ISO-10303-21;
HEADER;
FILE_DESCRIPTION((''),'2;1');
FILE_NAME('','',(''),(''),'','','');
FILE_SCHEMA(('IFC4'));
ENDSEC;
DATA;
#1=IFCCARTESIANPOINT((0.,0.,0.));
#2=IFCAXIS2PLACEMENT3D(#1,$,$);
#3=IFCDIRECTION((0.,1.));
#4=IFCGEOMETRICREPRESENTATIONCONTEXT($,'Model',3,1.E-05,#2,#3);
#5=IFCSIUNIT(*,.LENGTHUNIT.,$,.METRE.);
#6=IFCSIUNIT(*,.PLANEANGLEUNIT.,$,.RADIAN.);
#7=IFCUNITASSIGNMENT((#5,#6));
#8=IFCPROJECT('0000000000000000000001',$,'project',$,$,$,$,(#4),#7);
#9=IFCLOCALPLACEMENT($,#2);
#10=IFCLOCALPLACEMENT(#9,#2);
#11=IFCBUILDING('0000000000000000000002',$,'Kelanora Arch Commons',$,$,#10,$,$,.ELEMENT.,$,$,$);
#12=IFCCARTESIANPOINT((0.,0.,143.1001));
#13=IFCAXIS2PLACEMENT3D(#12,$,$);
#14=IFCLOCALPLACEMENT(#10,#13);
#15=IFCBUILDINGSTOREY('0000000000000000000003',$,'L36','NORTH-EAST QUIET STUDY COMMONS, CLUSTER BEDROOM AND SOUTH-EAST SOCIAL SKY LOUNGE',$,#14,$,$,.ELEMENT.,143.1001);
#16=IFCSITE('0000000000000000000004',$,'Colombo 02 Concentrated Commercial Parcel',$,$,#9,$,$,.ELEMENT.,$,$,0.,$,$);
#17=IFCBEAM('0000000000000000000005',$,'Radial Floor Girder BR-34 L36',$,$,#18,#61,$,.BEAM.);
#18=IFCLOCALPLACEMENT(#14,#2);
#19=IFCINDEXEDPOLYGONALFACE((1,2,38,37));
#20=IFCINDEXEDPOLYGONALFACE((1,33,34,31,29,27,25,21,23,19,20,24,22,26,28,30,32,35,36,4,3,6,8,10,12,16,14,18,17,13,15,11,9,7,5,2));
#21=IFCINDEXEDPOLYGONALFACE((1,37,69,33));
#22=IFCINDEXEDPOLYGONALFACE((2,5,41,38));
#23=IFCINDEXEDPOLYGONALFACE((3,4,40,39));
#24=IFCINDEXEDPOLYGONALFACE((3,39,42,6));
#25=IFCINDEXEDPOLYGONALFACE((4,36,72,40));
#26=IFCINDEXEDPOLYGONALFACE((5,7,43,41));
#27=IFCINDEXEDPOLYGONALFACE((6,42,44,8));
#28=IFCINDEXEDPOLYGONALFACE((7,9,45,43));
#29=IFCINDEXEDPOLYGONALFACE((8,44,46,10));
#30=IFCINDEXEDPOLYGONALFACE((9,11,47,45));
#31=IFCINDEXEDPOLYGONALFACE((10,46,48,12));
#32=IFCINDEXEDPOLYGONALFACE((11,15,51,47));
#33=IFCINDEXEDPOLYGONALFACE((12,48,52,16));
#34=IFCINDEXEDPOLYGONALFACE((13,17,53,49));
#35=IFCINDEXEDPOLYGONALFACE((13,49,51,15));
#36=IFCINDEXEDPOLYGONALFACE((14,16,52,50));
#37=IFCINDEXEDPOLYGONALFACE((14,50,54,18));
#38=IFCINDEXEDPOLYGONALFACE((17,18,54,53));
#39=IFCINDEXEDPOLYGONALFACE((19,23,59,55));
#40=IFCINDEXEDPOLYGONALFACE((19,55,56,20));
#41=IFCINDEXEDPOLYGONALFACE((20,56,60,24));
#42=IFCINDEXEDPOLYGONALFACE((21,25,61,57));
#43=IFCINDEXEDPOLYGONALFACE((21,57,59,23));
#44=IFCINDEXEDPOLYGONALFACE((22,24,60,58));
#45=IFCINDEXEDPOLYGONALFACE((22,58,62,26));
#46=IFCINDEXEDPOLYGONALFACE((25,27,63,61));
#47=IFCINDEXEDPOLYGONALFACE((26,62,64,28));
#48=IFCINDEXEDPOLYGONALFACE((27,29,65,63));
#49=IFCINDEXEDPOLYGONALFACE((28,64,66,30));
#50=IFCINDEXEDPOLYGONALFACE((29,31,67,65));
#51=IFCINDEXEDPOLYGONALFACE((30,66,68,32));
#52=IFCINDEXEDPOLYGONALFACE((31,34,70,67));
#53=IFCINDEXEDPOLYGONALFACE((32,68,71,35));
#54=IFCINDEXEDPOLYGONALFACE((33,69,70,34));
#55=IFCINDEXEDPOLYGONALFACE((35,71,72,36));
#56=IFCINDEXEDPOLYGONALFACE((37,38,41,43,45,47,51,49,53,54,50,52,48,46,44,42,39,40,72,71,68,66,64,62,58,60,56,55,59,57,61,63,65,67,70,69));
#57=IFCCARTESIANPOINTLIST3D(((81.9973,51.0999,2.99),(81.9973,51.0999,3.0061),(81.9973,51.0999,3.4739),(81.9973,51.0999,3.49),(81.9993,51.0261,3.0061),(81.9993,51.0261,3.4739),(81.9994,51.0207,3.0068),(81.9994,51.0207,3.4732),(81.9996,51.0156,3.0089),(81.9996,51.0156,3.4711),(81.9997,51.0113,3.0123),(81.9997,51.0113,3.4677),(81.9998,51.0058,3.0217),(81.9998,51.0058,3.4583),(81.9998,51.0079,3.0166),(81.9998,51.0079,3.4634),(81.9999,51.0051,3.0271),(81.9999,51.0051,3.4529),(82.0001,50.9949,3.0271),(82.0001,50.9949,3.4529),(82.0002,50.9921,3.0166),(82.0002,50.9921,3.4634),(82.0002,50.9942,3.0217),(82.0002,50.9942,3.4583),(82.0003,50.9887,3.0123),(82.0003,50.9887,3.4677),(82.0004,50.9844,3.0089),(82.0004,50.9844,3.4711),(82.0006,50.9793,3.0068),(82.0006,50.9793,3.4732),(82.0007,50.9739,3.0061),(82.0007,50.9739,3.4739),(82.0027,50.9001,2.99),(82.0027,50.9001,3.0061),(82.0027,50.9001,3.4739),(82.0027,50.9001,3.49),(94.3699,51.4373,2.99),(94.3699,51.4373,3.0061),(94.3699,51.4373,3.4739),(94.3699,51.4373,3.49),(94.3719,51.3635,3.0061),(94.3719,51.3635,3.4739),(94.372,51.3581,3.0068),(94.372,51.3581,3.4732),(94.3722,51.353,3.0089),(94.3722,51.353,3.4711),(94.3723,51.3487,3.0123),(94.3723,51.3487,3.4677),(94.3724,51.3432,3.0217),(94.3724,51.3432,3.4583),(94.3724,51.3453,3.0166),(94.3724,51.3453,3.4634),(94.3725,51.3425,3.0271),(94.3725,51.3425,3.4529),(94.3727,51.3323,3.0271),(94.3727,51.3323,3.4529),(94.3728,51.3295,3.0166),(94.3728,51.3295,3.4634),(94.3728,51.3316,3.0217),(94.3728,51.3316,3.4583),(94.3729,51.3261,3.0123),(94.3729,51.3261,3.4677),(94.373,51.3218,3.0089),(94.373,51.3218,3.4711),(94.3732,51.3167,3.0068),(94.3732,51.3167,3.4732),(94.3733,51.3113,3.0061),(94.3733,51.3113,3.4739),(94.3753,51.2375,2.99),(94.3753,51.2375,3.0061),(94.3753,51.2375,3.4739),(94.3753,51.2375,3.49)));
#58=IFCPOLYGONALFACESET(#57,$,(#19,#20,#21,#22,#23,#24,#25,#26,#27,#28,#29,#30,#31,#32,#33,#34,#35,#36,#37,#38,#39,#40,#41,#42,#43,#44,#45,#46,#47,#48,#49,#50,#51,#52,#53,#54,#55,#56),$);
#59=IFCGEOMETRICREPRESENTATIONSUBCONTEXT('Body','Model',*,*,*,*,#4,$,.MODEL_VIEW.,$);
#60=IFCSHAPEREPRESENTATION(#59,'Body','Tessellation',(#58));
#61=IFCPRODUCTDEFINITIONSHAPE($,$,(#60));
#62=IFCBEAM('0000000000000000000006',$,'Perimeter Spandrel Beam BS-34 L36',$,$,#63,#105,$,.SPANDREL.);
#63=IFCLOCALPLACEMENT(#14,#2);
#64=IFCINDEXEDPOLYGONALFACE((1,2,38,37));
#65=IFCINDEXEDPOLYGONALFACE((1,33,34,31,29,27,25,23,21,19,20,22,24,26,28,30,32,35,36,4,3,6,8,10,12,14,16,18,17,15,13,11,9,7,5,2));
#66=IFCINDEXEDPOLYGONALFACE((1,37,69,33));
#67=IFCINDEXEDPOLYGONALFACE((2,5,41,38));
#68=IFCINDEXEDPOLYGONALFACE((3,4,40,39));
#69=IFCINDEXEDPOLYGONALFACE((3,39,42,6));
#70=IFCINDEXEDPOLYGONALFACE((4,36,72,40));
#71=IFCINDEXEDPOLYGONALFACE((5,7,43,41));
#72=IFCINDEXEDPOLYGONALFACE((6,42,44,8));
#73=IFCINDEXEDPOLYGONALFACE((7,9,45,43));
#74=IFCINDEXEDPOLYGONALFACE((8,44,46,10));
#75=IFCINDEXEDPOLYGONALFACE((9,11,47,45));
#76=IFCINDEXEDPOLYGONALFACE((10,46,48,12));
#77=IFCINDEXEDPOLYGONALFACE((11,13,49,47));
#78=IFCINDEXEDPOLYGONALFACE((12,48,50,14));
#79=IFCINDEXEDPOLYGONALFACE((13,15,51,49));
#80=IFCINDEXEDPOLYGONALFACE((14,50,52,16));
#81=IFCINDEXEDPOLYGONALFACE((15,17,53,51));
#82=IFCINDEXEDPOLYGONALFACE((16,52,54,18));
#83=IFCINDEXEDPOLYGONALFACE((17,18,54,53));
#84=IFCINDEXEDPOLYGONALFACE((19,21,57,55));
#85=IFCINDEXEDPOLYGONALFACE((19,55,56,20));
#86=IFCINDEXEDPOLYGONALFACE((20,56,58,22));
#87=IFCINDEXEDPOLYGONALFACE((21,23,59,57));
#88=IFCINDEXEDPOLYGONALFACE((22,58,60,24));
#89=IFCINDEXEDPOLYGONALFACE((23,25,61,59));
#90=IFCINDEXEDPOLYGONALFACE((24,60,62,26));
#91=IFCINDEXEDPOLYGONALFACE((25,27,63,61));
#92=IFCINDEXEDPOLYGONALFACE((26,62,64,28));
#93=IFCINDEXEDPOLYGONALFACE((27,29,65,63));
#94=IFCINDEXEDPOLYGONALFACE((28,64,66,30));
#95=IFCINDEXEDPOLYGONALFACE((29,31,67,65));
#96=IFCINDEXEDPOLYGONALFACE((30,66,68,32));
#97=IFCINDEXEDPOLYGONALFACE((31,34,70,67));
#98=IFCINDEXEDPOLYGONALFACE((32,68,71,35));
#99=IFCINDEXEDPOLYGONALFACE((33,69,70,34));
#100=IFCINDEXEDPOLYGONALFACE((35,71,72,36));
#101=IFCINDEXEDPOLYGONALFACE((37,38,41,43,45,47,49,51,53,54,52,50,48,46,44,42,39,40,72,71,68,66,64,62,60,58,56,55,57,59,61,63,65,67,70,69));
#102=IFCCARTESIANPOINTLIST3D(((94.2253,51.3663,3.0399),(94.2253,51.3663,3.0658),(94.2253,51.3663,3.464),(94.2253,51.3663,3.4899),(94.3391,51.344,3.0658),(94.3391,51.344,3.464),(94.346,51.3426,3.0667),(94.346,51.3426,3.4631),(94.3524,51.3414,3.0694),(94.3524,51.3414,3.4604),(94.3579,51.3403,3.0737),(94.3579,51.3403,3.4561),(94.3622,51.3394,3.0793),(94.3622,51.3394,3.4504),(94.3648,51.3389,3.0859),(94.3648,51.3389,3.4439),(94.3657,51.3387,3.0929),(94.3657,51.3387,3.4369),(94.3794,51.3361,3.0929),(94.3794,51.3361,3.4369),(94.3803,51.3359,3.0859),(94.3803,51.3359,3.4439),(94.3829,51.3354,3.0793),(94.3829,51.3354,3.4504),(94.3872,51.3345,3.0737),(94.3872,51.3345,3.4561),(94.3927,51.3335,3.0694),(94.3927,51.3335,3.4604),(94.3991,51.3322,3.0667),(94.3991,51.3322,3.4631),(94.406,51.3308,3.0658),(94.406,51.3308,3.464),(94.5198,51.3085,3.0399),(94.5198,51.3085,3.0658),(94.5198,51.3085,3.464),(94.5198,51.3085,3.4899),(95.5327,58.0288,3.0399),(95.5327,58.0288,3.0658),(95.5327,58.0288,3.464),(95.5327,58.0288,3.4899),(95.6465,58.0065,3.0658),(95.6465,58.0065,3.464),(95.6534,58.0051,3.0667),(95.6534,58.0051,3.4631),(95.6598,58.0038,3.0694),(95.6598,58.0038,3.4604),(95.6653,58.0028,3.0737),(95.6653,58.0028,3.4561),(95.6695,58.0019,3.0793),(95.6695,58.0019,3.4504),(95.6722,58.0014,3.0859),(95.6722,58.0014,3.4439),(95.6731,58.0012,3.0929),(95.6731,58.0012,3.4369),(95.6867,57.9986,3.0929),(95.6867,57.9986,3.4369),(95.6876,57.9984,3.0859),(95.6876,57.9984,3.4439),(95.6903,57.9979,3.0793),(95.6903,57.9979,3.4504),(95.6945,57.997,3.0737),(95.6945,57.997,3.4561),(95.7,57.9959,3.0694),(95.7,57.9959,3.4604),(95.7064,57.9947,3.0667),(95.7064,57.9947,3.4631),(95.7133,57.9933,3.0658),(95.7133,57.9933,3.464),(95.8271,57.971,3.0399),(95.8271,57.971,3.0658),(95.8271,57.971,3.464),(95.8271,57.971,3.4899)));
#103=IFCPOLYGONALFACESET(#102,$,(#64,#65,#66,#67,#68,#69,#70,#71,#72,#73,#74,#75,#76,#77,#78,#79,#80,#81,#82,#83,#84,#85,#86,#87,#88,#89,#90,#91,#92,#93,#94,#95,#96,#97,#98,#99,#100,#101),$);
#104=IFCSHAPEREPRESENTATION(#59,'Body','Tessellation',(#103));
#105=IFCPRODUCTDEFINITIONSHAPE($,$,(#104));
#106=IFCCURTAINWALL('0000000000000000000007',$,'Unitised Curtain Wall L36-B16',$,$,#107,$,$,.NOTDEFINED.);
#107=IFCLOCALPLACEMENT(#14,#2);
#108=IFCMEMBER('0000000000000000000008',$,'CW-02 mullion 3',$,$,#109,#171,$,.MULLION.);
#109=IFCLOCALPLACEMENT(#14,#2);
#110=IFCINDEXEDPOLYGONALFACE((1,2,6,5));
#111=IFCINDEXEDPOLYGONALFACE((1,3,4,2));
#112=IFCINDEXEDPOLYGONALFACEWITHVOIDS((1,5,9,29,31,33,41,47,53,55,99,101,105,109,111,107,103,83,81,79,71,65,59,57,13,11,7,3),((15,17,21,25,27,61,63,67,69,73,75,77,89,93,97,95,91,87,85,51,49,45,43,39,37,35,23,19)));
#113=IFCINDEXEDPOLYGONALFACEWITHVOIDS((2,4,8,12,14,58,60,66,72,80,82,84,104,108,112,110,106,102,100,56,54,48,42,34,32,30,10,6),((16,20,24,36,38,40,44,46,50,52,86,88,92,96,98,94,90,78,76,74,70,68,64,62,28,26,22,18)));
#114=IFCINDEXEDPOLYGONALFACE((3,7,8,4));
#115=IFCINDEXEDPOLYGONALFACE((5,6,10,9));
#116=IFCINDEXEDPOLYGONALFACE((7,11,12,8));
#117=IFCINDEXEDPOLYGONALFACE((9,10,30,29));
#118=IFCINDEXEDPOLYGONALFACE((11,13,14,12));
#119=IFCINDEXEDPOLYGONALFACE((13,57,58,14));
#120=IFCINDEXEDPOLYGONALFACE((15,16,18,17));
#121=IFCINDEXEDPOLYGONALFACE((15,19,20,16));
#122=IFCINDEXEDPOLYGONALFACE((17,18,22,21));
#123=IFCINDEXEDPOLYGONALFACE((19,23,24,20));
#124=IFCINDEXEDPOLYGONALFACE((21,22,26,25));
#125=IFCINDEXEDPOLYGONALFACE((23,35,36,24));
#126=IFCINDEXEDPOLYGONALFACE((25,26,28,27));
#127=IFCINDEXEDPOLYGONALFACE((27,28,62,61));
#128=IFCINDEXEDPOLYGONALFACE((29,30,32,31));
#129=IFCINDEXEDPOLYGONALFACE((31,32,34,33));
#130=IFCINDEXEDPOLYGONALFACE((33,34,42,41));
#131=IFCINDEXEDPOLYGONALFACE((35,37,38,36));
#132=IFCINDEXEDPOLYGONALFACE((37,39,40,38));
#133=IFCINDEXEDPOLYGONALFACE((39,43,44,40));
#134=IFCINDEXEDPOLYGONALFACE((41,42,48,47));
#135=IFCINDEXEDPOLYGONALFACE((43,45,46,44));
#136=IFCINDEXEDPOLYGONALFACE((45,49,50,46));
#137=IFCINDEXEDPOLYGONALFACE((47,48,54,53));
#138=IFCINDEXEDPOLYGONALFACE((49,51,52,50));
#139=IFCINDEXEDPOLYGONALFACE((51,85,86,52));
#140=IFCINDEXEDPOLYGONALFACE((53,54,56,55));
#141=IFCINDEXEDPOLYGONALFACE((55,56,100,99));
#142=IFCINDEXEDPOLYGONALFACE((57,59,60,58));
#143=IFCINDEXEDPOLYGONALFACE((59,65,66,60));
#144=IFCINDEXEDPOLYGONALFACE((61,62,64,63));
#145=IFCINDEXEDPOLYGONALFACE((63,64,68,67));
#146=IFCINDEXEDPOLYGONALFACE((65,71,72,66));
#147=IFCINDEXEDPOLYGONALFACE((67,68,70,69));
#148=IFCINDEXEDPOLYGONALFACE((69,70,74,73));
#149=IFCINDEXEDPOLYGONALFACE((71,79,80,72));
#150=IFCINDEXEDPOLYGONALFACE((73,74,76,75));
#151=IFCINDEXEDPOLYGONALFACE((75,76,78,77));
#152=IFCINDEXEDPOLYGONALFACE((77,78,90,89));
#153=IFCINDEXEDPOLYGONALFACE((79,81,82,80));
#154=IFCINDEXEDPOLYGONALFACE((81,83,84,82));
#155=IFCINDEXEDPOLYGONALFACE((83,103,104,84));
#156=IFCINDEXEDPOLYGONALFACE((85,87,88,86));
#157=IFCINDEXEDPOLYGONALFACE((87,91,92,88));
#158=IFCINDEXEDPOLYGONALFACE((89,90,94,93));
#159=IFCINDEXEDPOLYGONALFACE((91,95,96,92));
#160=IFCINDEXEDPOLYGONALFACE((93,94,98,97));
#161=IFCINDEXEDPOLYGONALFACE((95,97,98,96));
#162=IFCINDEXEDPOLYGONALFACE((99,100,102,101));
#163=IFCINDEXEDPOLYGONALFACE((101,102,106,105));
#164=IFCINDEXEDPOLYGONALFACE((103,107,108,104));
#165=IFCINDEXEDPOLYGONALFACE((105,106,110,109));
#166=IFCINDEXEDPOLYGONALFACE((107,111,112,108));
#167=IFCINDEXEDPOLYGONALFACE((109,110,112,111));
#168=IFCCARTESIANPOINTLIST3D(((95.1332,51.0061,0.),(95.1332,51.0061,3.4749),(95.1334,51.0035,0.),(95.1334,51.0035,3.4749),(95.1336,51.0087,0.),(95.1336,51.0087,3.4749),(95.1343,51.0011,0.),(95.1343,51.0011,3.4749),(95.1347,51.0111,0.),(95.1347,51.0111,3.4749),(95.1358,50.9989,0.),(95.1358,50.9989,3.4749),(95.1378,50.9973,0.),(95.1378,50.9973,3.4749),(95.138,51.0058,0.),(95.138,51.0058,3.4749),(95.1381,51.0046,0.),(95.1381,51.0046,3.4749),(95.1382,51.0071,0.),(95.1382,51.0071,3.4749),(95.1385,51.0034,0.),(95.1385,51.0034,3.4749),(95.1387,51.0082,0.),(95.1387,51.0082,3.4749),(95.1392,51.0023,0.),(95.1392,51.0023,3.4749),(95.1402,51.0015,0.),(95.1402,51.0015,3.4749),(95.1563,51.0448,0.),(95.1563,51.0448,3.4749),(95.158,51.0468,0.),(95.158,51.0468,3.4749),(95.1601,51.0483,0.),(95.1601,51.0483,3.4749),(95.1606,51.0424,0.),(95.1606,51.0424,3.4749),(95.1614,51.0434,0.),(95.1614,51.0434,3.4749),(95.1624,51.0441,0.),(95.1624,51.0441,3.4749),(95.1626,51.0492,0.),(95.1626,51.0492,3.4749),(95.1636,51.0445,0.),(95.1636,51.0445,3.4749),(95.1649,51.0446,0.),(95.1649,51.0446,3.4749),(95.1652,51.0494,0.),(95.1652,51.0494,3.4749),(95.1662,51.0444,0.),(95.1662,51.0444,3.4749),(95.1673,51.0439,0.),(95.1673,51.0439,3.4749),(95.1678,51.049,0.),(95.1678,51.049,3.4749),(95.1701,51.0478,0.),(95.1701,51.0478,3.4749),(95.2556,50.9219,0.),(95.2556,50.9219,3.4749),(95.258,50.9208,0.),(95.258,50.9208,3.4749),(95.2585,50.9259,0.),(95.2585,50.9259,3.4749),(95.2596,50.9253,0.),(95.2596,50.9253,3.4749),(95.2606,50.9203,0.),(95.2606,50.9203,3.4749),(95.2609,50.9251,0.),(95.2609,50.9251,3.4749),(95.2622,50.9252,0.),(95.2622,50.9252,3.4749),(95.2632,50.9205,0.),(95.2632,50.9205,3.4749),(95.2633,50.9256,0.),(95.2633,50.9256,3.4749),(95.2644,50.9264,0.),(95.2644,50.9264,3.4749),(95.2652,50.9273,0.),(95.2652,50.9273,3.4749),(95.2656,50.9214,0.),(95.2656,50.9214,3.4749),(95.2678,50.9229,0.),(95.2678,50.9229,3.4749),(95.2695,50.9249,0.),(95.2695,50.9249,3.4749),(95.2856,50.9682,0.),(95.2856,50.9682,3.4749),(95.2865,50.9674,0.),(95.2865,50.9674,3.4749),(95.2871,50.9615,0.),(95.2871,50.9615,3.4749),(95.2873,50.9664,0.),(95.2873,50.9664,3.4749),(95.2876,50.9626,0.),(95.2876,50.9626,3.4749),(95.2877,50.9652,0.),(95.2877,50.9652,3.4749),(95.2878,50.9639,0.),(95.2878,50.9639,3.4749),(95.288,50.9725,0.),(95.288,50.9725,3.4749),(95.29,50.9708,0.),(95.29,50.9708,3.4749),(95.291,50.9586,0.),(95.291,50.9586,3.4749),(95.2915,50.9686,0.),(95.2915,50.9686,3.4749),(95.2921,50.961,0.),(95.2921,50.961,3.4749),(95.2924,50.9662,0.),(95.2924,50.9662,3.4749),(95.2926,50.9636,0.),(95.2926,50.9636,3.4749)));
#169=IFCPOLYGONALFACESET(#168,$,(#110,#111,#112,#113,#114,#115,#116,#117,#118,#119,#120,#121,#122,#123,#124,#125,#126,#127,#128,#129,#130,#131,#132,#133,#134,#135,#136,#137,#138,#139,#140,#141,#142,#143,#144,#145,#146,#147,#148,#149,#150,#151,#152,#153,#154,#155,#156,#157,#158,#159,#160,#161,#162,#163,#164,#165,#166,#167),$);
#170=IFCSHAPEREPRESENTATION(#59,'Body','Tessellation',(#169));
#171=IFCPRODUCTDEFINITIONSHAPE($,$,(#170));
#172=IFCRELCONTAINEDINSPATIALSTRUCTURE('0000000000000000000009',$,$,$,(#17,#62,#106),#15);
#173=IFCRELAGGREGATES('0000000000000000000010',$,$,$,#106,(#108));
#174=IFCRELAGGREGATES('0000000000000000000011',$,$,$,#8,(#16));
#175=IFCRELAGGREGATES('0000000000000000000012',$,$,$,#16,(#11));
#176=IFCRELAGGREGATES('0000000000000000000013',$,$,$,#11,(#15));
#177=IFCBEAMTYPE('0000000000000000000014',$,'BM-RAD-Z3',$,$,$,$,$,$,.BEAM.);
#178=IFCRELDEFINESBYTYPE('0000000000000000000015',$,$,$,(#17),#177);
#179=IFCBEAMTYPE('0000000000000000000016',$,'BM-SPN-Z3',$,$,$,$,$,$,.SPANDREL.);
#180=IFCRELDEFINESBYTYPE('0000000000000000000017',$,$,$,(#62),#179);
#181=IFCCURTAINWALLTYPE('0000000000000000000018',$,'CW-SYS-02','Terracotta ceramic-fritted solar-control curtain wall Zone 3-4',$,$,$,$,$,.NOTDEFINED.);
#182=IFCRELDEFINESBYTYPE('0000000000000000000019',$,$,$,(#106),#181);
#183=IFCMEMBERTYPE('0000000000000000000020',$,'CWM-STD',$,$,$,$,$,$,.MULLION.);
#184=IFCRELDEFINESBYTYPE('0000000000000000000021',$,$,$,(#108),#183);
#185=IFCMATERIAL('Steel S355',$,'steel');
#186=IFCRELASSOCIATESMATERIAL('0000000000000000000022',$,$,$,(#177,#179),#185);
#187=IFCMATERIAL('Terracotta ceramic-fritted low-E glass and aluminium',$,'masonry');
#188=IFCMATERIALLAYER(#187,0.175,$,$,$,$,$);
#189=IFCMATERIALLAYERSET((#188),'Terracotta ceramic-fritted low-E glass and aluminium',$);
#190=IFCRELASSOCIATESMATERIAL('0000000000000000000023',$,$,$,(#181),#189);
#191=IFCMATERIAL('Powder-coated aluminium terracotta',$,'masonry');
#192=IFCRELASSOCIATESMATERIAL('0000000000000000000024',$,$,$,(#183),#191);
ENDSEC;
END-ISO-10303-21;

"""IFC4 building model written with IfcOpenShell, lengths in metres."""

from ifc_helpers import new_model, si_unit, direction, frame, origin, origin_2d, place, context, subcontext, project, spatial, hollow_rectangle, i_section, extrude, material, layer, layer_set, material_profile, profile_set, type_object, element, aggregate, save


model = new_model("IFC4")

# Units and contexts
model_context = context("Model", 3, precision=1e-05, world=origin(), true_north=direction((0.0, 1.0)))
body_context = subcontext(model_context, "Body", "Model", "MODEL_VIEW")
ifc_project = project(units=[si_unit("LENGTHUNIT", "METRE"), si_unit("PLANEANGLEUNIT", "RADIAN")], contexts=[model_context])

# Site, building, storey
site_placement = place(None, origin())
site = spatial("IfcSite", under=ifc_project, at=site_placement, Name="Colombo 02 Concentrated Commercial Parcel", CompositionType="ELEMENT", RefElevation=0.0)
building_placement = place(site_placement, origin())
building = spatial("IfcBuilding", under=site, at=building_placement, Name="Kelanora Arch Commons", CompositionType="ELEMENT")
storey_placement = place(building_placement, frame((0.0, 0.0, 143.1001)))
storey = spatial("IfcBuildingStorey", under=building, at=storey_placement, Name="L36", Description="NORTH-EAST QUIET STUDY COMMONS, CLUSTER BEDROOM AND SOUTH-EAST SOCIAL SKY LOUNGE", CompositionType="ELEMENT", Elevation=143.1001)

# Beams
ifc_material_1 = material(Name="Steel S355", Category="steel")
ifc_material_profile_1 = material_profile(ifc_material_1, i_section(OverallWidth=0.2, OverallDepth=0.5, WebThickness=0.0103, FlangeThickness=0.0161, FilletRadius=0.021, at=origin_2d()), Name="IPE500")
ifc_profile_set_1 = profile_set([ifc_material_profile_1], Name="Steel S355")
beam_type_1 = type_object("IfcBeamType", Name="BM-RAD-Z3", PredefinedType="BEAM", material=ifc_profile_set_1)
beam_1_placement = place(storey_placement, frame((82.0, 51.0, 3.24), z_axis=(0.999628, 0.02726, 0.0), x_axis=(-0.02726, 0.999628, 0.0)))
element("IfcBeam", 1, at=beam_1_placement, inside=storey, type_object=beam_type_1, Name="Radial Floor Girder BR-34 L36", PredefinedType="BEAM", context=body_context, shape_type="SweptSolid", body=[
    extrude(i_section(OverallWidth=0.2, OverallDepth=0.5, WebThickness=0.0103, FlangeThickness=0.0161, FilletRadius=0.021, at=origin_2d()), origin(), (0.0, 0.0, 1.0), 12.3772),
])
ifc_material_profile_2 = material_profile(ifc_material_1, i_section(OverallWidth=0.3, OverallDepth=0.45, WebThickness=0.0139, FlangeThickness=0.0259, FilletRadius=0.0271, at=origin_2d()), Name="HEB450")
ifc_profile_set_2 = profile_set([ifc_material_profile_2], Name="Steel S355")
beam_type_2 = type_object("IfcBeamType", Name="BM-SPN-Z3", PredefinedType="SPANDREL", material=ifc_profile_set_2)
beam_2_placement = place(storey_placement, frame((94.3726, 51.3374, 3.2649), z_axis=(0.192554, 0.981286, 0.0), x_axis=(-0.981286, 0.192554, 0.0)))
element("IfcBeam", 2, at=beam_2_placement, inside=storey, type_object=beam_type_2, Name="Perimeter Spandrel Beam BS-34 L36", PredefinedType="SPANDREL", context=body_context, shape_type="SweptSolid", body=[
    extrude(i_section(OverallWidth=0.3, OverallDepth=0.45, WebThickness=0.0139, FlangeThickness=0.0259, FilletRadius=0.0271, at=origin_2d()), origin(), (0.0, 0.0, 1.0), 6.7896),
])

# Curtain wall, member
ifc_material_2 = material(Name="Terracotta ceramic-fritted low-E glass and aluminium", Category="masonry")
ifc_layer_1 = layer(ifc_material_2, 0.175)
ifc_layer_set_1 = layer_set([ifc_layer_1], Name="Terracotta ceramic-fritted low-E glass and aluminium")
curtain_wall_type = type_object("IfcCurtainWallType", Name="CW-SYS-02", Description="Terracotta ceramic-fritted solar-control curtain wall Zone 3-4", PredefinedType="NOTDEFINED", material=ifc_layer_set_1)
curtain_wall_placement = place(storey_placement, origin())
curtain_wall = element("IfcCurtainWall", 3, at=curtain_wall_placement, inside=storey, type_object=curtain_wall_type, Name="Unitised Curtain Wall L36-B16", PredefinedType="NOTDEFINED")
ifc_material_3 = material(Name="Powder-coated aluminium terracotta", Category="masonry")
ifc_material_profile_3 = material_profile(ifc_material_3, hollow_rectangle(XDim=0.1599, YDim=0.0601, WallThickness=0.0049, InnerFilletRadius=0.0049, OuterFilletRadius=0.01, at=origin_2d()), Name="CWM160x60")
ifc_profile_set_3 = profile_set([ifc_material_profile_3], Name="Powder-coated aluminium terracotta")
member_type_1 = type_object("IfcMemberType", Name="CWM-STD", PredefinedType="MULLION", material=ifc_profile_set_3)
member_1_placement = place(storey_placement, frame((95.2129, 50.9849, 0.0), z_axis=(0.0, 0.0, 1.0), x_axis=(-0.842423, 0.538817, 0.0)))
member_1 = element("IfcMember", 4, at=member_1_placement, type_object=member_type_1, Name="CW-02 mullion 3", PredefinedType="MULLION", context=body_context, shape_type="SweptSolid", body=[
    extrude(hollow_rectangle(XDim=0.1599, YDim=0.0601, WallThickness=0.0049, InnerFilletRadius=0.0049, OuterFilletRadius=0.01, at=origin_2d()), origin(), (0.0, 0.0, 1.0), 3.4749),
])
aggregate(curtain_wall, [member_1])

save(model, "model.ifc")
